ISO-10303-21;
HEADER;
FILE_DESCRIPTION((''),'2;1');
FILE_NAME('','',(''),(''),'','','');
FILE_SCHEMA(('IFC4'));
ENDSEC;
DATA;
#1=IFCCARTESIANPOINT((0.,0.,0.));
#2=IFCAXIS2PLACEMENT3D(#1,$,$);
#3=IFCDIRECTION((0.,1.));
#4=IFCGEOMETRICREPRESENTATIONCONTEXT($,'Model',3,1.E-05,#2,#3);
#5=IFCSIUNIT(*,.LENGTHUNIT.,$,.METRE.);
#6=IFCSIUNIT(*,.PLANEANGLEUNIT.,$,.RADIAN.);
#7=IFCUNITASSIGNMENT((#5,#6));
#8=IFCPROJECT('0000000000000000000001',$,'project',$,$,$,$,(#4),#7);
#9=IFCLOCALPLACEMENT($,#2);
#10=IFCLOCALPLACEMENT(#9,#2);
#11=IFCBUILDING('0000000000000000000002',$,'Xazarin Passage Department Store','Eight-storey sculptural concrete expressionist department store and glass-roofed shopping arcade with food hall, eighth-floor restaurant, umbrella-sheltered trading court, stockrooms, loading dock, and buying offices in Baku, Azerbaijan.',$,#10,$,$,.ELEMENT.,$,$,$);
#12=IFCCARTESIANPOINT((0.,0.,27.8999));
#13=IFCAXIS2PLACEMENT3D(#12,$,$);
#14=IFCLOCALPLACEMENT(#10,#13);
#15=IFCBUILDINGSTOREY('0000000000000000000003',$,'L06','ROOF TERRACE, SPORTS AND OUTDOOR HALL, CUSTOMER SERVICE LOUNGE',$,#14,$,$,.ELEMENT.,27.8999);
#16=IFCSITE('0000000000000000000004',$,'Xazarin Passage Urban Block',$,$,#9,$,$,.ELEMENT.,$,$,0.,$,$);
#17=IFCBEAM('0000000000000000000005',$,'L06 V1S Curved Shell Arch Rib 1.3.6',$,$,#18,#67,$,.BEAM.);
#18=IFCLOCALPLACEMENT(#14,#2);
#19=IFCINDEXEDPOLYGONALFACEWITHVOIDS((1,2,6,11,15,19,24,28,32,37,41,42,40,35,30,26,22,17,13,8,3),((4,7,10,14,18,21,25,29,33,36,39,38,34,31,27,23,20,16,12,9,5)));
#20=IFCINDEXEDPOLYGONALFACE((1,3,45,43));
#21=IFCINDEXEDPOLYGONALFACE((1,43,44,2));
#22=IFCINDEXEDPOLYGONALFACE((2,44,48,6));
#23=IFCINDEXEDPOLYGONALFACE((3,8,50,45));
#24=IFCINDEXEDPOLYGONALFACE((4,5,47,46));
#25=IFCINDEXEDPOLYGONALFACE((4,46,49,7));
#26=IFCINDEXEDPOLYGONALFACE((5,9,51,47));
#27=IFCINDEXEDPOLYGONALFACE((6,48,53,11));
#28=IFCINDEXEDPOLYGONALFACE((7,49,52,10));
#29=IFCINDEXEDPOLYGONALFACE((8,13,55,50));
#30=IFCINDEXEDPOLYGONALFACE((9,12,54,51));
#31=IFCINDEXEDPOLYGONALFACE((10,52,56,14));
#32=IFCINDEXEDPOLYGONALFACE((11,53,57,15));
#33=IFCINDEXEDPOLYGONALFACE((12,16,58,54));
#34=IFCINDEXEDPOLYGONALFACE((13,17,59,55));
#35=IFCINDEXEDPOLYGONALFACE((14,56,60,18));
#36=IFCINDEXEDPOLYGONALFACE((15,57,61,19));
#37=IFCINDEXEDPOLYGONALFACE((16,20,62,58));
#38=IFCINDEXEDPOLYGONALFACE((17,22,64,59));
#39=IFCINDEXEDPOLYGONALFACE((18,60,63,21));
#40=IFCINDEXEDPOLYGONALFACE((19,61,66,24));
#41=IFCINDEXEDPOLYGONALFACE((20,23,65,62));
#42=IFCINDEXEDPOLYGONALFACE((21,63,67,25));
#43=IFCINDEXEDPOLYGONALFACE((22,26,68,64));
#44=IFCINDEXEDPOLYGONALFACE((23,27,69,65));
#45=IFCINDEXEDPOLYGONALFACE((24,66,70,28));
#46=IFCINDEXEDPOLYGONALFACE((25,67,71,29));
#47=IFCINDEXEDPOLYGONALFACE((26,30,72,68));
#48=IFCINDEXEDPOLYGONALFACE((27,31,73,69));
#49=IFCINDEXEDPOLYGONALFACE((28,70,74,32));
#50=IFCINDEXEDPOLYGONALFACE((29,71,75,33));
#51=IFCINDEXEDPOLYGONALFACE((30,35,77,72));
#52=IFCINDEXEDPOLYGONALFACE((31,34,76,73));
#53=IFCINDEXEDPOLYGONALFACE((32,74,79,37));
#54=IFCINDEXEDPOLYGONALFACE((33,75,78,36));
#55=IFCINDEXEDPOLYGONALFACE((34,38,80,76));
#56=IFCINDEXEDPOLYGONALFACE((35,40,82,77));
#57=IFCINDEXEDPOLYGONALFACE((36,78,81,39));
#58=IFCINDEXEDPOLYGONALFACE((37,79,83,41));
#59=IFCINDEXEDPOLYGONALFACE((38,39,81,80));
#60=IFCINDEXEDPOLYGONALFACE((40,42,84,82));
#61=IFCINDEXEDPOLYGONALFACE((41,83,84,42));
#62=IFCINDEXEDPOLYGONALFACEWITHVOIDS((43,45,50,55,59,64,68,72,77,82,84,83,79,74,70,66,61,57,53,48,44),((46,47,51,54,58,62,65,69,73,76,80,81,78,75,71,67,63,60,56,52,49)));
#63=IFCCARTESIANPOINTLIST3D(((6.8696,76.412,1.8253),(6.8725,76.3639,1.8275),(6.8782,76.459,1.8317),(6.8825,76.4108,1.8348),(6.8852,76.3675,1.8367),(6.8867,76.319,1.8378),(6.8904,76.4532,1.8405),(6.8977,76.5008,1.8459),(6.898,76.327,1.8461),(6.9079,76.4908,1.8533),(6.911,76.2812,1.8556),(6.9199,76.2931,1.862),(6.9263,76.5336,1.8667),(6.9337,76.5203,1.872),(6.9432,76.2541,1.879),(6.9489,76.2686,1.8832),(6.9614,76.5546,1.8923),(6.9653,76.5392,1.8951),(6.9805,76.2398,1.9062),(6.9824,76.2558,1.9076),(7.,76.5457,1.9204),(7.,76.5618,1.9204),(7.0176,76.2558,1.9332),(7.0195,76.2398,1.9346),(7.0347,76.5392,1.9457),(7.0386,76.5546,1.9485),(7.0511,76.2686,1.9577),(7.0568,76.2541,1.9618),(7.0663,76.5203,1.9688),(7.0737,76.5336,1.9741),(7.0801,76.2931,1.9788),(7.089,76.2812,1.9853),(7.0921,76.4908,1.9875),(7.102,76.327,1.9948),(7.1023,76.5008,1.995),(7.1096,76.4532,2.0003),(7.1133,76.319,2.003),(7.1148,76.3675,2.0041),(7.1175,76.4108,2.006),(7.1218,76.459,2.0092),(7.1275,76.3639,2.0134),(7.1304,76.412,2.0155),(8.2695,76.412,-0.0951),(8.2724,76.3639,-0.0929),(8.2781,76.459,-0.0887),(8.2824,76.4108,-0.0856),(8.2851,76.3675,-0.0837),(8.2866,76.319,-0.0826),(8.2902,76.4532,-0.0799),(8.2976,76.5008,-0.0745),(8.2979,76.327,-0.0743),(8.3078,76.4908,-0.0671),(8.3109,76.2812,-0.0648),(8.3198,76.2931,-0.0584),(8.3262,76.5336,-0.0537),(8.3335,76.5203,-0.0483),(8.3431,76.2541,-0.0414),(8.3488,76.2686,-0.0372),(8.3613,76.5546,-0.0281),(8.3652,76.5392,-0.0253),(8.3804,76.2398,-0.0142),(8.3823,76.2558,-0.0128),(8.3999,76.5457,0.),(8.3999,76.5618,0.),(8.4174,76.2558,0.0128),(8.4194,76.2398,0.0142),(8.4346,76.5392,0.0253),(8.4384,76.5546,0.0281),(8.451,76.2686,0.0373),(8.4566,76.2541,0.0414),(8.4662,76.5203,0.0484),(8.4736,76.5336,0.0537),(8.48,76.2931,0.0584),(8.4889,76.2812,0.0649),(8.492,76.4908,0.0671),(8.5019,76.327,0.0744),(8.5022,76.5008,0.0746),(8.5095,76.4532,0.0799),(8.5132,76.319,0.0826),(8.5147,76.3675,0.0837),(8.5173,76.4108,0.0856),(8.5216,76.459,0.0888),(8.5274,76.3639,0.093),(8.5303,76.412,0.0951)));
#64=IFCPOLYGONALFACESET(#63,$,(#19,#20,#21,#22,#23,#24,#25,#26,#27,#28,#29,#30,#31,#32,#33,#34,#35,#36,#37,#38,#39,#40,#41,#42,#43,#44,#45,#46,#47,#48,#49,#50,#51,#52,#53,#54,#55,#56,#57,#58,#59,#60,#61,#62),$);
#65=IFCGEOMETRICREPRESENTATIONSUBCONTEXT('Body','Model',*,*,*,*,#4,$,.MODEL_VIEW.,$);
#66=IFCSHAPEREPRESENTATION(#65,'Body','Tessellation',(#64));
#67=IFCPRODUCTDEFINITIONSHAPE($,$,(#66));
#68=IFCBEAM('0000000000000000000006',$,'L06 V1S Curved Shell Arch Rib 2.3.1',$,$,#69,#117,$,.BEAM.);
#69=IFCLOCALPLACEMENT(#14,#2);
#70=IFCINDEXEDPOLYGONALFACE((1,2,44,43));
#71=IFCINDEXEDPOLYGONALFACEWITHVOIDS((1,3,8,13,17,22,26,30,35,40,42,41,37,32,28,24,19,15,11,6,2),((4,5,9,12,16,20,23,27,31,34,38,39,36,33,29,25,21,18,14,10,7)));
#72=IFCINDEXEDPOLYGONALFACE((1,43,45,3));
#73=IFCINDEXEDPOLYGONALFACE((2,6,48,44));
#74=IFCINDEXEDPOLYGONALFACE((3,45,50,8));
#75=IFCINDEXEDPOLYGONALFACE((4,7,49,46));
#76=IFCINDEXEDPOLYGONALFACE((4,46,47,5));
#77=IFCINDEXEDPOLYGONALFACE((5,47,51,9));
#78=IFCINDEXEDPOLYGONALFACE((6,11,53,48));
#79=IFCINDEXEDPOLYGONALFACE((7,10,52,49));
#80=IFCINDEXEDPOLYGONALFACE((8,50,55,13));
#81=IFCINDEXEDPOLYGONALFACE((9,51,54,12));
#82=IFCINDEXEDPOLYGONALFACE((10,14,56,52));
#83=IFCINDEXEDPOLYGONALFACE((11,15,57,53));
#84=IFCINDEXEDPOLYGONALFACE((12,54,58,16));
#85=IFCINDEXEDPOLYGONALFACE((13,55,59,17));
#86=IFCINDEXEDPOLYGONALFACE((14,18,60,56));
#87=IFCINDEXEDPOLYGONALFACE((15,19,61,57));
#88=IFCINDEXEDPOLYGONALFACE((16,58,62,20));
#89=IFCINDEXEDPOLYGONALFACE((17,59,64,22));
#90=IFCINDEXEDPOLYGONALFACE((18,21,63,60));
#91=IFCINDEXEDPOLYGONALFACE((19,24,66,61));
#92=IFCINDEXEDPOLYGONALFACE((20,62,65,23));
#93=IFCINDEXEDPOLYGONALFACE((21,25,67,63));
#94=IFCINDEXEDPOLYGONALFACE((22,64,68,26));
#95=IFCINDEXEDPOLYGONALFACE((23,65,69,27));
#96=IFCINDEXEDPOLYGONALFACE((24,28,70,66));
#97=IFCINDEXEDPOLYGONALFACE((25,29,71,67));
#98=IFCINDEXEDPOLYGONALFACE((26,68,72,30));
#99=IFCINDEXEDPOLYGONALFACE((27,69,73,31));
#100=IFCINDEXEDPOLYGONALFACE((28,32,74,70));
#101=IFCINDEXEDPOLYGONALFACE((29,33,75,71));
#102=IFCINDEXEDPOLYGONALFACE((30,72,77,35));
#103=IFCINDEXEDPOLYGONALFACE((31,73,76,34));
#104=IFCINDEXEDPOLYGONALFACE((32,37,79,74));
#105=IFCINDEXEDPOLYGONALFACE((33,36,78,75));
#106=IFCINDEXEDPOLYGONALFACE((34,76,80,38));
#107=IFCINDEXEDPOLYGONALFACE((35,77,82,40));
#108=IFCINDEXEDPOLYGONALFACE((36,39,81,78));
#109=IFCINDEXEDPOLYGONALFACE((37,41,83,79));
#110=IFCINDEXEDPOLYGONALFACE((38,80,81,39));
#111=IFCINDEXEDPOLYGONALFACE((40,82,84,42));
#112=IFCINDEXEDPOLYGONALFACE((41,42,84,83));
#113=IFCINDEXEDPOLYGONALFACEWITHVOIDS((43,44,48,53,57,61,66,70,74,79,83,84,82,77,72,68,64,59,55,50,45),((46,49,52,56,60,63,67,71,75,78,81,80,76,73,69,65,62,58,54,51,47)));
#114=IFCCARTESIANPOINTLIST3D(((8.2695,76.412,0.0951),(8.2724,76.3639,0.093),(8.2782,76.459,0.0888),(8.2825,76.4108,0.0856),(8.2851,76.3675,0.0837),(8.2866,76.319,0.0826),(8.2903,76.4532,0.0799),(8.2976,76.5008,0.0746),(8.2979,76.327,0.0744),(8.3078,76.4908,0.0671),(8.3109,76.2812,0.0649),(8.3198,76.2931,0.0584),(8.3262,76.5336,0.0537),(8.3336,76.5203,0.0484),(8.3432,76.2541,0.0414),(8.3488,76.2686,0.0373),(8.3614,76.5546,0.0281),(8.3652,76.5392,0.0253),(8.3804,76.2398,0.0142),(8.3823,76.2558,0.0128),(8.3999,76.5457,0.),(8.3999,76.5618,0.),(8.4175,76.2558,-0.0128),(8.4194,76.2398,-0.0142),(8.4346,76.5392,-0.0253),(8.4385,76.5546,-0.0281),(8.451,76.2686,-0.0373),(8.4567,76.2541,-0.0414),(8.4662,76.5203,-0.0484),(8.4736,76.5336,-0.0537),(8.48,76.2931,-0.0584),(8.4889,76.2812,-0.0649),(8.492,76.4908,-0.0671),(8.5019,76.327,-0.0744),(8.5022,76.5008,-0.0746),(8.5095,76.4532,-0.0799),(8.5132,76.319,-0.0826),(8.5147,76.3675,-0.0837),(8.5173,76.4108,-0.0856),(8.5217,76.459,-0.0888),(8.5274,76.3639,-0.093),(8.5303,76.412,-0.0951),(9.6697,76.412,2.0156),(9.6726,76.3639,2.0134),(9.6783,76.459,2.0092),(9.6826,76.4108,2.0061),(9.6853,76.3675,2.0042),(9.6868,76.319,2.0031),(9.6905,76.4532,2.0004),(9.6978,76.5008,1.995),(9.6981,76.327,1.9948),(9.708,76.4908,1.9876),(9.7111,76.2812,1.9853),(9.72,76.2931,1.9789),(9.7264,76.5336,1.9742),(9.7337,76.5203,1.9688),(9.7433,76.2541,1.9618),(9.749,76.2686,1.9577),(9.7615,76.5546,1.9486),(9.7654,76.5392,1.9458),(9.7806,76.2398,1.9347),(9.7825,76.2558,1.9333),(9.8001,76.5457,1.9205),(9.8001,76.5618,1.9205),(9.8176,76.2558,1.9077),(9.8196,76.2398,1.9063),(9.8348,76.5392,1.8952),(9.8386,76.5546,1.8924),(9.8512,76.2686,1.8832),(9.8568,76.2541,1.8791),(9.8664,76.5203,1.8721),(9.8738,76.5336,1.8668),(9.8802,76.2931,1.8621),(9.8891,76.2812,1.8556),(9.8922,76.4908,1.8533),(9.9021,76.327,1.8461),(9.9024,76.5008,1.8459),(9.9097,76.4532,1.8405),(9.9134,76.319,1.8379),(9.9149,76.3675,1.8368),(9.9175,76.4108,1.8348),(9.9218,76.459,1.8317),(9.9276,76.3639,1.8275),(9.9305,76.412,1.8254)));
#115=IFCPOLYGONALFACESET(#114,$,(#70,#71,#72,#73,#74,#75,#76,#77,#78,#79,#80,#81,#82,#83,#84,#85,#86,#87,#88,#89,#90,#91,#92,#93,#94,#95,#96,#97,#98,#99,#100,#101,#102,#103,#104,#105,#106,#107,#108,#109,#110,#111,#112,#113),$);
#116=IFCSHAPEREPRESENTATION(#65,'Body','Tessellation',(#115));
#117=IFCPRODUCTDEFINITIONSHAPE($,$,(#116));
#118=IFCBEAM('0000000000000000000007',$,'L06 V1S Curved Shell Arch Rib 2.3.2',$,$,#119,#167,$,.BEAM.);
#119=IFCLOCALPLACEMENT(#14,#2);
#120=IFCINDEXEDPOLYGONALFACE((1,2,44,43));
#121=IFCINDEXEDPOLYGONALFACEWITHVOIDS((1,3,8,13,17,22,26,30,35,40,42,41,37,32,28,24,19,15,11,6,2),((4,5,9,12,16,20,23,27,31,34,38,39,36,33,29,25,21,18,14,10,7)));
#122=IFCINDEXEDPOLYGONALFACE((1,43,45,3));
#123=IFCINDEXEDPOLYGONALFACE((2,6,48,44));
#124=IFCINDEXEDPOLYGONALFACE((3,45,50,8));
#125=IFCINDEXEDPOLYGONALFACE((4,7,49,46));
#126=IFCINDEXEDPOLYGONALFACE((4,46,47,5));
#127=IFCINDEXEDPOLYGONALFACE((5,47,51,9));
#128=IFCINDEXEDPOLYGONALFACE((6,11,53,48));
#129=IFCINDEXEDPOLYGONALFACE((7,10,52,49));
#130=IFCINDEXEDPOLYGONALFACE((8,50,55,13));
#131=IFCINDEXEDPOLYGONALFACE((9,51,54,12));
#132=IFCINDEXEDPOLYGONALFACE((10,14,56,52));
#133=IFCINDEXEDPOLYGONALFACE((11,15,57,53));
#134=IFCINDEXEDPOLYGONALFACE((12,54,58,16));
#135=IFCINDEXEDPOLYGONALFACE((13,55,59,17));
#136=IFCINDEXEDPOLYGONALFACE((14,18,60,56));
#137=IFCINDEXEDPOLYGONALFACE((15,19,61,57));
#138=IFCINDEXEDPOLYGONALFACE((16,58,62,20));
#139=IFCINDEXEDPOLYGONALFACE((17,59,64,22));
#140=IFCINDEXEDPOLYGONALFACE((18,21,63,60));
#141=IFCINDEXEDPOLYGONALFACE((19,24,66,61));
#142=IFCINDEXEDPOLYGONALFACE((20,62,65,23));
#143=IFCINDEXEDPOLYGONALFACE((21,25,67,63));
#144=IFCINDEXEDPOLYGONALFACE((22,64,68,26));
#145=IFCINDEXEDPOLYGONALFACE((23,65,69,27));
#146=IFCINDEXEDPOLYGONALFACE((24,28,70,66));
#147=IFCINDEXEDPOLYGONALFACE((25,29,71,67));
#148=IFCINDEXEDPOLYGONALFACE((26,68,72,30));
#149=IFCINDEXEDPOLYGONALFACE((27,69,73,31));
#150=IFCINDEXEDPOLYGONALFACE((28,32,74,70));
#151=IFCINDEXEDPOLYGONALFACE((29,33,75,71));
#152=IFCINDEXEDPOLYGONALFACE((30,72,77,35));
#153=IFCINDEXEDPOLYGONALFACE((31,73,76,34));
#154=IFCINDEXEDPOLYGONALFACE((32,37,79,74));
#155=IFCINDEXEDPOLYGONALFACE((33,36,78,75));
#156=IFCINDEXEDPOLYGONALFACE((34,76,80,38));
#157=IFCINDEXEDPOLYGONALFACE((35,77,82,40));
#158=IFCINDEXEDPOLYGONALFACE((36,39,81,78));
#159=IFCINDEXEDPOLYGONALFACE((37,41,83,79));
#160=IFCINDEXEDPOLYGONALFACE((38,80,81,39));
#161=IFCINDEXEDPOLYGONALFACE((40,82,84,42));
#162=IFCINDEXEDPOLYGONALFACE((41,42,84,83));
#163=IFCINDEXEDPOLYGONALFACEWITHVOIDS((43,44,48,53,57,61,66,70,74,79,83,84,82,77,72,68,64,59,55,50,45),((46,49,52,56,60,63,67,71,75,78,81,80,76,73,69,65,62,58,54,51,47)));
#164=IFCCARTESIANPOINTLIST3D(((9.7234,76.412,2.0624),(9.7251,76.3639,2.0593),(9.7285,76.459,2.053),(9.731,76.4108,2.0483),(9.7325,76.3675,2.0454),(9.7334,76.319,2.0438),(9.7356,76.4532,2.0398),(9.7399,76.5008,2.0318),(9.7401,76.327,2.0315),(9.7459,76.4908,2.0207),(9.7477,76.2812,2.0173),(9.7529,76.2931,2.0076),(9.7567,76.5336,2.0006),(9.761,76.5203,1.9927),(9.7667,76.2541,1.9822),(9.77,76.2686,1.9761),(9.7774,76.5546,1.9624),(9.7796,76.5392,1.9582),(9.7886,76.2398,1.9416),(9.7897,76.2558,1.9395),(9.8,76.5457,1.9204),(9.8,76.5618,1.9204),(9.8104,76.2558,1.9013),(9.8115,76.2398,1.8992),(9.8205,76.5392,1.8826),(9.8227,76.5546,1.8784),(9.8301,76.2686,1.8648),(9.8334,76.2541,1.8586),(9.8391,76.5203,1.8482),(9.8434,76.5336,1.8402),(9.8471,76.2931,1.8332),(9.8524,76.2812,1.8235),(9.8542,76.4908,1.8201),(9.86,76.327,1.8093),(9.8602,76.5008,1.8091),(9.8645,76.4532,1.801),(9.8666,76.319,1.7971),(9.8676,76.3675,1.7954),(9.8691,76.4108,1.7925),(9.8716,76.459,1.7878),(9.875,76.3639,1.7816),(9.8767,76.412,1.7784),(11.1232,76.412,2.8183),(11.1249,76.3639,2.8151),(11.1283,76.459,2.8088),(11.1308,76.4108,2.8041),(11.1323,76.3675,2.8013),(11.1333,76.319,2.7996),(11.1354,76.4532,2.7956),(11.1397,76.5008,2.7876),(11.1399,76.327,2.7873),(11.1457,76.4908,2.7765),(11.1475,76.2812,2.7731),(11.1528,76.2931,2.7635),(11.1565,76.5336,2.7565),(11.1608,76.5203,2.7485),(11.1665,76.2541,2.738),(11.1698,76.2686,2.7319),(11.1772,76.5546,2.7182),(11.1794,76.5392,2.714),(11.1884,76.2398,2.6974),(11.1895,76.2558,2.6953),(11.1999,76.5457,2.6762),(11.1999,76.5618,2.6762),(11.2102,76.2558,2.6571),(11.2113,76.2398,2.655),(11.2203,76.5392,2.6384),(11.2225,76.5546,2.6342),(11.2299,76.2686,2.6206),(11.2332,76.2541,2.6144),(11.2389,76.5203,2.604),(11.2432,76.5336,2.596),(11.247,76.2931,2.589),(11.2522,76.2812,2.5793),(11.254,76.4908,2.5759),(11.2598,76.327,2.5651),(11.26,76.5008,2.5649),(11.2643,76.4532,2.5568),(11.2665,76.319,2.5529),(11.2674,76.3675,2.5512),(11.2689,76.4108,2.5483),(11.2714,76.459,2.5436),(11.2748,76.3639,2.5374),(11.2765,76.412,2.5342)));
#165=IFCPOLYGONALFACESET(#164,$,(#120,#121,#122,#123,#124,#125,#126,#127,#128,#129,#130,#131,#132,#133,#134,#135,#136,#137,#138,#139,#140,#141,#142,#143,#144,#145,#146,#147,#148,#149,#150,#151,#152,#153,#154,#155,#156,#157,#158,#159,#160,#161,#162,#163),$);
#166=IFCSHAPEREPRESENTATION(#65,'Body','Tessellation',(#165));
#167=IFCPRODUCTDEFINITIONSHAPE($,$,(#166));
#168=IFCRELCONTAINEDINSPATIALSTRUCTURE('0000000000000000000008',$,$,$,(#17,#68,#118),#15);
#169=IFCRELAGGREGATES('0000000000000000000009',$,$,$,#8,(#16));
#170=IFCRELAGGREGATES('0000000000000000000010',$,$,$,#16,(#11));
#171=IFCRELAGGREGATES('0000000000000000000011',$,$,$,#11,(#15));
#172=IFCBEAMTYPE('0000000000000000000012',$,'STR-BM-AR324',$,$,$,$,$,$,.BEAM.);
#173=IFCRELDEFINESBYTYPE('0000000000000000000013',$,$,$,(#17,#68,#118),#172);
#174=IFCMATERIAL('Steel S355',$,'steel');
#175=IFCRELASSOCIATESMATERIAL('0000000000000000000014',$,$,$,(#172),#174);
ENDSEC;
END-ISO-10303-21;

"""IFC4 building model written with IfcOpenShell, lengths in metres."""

from ifc_helpers import new_model, si_unit, direction, frame, origin, origin_2d, place, context, subcontext, project, spatial, hollow_circle, extrude, material, material_profile, profile_set, type_object, element, save


model = new_model("IFC4")

# Units and contexts
model_context = context("Model", 3, precision=1e-05, world=origin(), true_north=direction((0.0, 1.0)))
body_context = subcontext(model_context, "Body", "Model", "MODEL_VIEW")
ifc_project = project(units=[si_unit("LENGTHUNIT", "METRE"), si_unit("PLANEANGLEUNIT", "RADIAN")], contexts=[model_context])

# Site, building, storey
site_placement = place(None, origin())
site = spatial("IfcSite", under=ifc_project, at=site_placement, Name="Xazarin Passage Urban Block", CompositionType="ELEMENT", RefElevation=0.0)
building_placement = place(site_placement, origin())
building = spatial("IfcBuilding", under=site, at=building_placement, Name="Xazarin Passage Department Store", Description="Eight-storey sculptural concrete expressionist department store and glass-roofed shopping arcade with food hall, eighth-floor restaurant, umbrella-sheltered trading court, stockrooms, loading dock, and buying offices in Baku, Azerbaijan.", CompositionType="ELEMENT")
storey_placement = place(building_placement, frame((0.0, 0.0, 27.8999)))
storey = spatial("IfcBuildingStorey", under=building, at=storey_placement, Name="L06", Description="ROOF TERRACE, SPORTS AND OUTDOOR HALL, CUSTOMER SERVICE LOUNGE", CompositionType="ELEMENT", Elevation=27.8999)

# Beams
ifc_material_1 = material(Name="Steel S355", Category="steel")
ifc_material_profile_1 = material_profile(ifc_material_1, hollow_circle(Radius=0.1619, WallThickness=0.0161, at=origin_2d()), Name="CHS 323.9x16")
ifc_profile_set_1 = profile_set([ifc_material_profile_1], Name="Steel S355")
beam_type_1 = type_object("IfcBeamType", Name="STR-BM-AR324", PredefinedType="BEAM", material=ifc_profile_set_1)
beam_1_placement = place(storey_placement, frame((7.0, 76.3999, 1.9204), z_axis=(0.589063, 0.0, -0.808087), x_axis=(0.0, 1.0, 0.0)))
element("IfcBeam", 1, at=beam_1_placement, inside=storey, type_object=beam_type_1, Name="L06 V1S Curved Shell Arch Rib 1.3.6", PredefinedType="BEAM", context=body_context, shape_type="SweptSolid", body=[
    extrude(hollow_circle(Radius=0.1619, WallThickness=0.0161, at=origin_2d()), origin(), (0.0, 0.0, 1.0), 2.3765),
])
beam_2_placement = place(storey_placement, frame((8.3999, 76.3999, 0.0), z_axis=(0.58913, 0.0, 0.808038), x_axis=(0.0, 1.0, 0.0)))
element("IfcBeam", 2, at=beam_2_placement, inside=storey, type_object=beam_type_1, Name="L06 V1S Curved Shell Arch Rib 2.3.1", PredefinedType="BEAM", context=body_context, shape_type="SweptSolid", body=[
    extrude(hollow_circle(Radius=0.1619, WallThickness=0.0161, at=origin_2d()), origin(), (0.0, 0.0, 1.0), 2.3767),
])
beam_3_placement = place(storey_placement, frame((9.8, 76.3999, 1.9204), z_axis=(0.879928, 0.0, 0.475106), x_axis=(0.0, 1.0, 0.0)))
element("IfcBeam", 3, at=beam_3_placement, inside=storey, type_object=beam_type_1, Name="L06 V1S Curved Shell Arch Rib 2.3.2", PredefinedType="BEAM", context=body_context, shape_type="SweptSolid", body=[
    extrude(hollow_circle(Radius=0.1619, WallThickness=0.0161, at=origin_2d()), origin(), (0.0, 0.0, 1.0), 1.5908),
])

save(model, "model.ifc")
